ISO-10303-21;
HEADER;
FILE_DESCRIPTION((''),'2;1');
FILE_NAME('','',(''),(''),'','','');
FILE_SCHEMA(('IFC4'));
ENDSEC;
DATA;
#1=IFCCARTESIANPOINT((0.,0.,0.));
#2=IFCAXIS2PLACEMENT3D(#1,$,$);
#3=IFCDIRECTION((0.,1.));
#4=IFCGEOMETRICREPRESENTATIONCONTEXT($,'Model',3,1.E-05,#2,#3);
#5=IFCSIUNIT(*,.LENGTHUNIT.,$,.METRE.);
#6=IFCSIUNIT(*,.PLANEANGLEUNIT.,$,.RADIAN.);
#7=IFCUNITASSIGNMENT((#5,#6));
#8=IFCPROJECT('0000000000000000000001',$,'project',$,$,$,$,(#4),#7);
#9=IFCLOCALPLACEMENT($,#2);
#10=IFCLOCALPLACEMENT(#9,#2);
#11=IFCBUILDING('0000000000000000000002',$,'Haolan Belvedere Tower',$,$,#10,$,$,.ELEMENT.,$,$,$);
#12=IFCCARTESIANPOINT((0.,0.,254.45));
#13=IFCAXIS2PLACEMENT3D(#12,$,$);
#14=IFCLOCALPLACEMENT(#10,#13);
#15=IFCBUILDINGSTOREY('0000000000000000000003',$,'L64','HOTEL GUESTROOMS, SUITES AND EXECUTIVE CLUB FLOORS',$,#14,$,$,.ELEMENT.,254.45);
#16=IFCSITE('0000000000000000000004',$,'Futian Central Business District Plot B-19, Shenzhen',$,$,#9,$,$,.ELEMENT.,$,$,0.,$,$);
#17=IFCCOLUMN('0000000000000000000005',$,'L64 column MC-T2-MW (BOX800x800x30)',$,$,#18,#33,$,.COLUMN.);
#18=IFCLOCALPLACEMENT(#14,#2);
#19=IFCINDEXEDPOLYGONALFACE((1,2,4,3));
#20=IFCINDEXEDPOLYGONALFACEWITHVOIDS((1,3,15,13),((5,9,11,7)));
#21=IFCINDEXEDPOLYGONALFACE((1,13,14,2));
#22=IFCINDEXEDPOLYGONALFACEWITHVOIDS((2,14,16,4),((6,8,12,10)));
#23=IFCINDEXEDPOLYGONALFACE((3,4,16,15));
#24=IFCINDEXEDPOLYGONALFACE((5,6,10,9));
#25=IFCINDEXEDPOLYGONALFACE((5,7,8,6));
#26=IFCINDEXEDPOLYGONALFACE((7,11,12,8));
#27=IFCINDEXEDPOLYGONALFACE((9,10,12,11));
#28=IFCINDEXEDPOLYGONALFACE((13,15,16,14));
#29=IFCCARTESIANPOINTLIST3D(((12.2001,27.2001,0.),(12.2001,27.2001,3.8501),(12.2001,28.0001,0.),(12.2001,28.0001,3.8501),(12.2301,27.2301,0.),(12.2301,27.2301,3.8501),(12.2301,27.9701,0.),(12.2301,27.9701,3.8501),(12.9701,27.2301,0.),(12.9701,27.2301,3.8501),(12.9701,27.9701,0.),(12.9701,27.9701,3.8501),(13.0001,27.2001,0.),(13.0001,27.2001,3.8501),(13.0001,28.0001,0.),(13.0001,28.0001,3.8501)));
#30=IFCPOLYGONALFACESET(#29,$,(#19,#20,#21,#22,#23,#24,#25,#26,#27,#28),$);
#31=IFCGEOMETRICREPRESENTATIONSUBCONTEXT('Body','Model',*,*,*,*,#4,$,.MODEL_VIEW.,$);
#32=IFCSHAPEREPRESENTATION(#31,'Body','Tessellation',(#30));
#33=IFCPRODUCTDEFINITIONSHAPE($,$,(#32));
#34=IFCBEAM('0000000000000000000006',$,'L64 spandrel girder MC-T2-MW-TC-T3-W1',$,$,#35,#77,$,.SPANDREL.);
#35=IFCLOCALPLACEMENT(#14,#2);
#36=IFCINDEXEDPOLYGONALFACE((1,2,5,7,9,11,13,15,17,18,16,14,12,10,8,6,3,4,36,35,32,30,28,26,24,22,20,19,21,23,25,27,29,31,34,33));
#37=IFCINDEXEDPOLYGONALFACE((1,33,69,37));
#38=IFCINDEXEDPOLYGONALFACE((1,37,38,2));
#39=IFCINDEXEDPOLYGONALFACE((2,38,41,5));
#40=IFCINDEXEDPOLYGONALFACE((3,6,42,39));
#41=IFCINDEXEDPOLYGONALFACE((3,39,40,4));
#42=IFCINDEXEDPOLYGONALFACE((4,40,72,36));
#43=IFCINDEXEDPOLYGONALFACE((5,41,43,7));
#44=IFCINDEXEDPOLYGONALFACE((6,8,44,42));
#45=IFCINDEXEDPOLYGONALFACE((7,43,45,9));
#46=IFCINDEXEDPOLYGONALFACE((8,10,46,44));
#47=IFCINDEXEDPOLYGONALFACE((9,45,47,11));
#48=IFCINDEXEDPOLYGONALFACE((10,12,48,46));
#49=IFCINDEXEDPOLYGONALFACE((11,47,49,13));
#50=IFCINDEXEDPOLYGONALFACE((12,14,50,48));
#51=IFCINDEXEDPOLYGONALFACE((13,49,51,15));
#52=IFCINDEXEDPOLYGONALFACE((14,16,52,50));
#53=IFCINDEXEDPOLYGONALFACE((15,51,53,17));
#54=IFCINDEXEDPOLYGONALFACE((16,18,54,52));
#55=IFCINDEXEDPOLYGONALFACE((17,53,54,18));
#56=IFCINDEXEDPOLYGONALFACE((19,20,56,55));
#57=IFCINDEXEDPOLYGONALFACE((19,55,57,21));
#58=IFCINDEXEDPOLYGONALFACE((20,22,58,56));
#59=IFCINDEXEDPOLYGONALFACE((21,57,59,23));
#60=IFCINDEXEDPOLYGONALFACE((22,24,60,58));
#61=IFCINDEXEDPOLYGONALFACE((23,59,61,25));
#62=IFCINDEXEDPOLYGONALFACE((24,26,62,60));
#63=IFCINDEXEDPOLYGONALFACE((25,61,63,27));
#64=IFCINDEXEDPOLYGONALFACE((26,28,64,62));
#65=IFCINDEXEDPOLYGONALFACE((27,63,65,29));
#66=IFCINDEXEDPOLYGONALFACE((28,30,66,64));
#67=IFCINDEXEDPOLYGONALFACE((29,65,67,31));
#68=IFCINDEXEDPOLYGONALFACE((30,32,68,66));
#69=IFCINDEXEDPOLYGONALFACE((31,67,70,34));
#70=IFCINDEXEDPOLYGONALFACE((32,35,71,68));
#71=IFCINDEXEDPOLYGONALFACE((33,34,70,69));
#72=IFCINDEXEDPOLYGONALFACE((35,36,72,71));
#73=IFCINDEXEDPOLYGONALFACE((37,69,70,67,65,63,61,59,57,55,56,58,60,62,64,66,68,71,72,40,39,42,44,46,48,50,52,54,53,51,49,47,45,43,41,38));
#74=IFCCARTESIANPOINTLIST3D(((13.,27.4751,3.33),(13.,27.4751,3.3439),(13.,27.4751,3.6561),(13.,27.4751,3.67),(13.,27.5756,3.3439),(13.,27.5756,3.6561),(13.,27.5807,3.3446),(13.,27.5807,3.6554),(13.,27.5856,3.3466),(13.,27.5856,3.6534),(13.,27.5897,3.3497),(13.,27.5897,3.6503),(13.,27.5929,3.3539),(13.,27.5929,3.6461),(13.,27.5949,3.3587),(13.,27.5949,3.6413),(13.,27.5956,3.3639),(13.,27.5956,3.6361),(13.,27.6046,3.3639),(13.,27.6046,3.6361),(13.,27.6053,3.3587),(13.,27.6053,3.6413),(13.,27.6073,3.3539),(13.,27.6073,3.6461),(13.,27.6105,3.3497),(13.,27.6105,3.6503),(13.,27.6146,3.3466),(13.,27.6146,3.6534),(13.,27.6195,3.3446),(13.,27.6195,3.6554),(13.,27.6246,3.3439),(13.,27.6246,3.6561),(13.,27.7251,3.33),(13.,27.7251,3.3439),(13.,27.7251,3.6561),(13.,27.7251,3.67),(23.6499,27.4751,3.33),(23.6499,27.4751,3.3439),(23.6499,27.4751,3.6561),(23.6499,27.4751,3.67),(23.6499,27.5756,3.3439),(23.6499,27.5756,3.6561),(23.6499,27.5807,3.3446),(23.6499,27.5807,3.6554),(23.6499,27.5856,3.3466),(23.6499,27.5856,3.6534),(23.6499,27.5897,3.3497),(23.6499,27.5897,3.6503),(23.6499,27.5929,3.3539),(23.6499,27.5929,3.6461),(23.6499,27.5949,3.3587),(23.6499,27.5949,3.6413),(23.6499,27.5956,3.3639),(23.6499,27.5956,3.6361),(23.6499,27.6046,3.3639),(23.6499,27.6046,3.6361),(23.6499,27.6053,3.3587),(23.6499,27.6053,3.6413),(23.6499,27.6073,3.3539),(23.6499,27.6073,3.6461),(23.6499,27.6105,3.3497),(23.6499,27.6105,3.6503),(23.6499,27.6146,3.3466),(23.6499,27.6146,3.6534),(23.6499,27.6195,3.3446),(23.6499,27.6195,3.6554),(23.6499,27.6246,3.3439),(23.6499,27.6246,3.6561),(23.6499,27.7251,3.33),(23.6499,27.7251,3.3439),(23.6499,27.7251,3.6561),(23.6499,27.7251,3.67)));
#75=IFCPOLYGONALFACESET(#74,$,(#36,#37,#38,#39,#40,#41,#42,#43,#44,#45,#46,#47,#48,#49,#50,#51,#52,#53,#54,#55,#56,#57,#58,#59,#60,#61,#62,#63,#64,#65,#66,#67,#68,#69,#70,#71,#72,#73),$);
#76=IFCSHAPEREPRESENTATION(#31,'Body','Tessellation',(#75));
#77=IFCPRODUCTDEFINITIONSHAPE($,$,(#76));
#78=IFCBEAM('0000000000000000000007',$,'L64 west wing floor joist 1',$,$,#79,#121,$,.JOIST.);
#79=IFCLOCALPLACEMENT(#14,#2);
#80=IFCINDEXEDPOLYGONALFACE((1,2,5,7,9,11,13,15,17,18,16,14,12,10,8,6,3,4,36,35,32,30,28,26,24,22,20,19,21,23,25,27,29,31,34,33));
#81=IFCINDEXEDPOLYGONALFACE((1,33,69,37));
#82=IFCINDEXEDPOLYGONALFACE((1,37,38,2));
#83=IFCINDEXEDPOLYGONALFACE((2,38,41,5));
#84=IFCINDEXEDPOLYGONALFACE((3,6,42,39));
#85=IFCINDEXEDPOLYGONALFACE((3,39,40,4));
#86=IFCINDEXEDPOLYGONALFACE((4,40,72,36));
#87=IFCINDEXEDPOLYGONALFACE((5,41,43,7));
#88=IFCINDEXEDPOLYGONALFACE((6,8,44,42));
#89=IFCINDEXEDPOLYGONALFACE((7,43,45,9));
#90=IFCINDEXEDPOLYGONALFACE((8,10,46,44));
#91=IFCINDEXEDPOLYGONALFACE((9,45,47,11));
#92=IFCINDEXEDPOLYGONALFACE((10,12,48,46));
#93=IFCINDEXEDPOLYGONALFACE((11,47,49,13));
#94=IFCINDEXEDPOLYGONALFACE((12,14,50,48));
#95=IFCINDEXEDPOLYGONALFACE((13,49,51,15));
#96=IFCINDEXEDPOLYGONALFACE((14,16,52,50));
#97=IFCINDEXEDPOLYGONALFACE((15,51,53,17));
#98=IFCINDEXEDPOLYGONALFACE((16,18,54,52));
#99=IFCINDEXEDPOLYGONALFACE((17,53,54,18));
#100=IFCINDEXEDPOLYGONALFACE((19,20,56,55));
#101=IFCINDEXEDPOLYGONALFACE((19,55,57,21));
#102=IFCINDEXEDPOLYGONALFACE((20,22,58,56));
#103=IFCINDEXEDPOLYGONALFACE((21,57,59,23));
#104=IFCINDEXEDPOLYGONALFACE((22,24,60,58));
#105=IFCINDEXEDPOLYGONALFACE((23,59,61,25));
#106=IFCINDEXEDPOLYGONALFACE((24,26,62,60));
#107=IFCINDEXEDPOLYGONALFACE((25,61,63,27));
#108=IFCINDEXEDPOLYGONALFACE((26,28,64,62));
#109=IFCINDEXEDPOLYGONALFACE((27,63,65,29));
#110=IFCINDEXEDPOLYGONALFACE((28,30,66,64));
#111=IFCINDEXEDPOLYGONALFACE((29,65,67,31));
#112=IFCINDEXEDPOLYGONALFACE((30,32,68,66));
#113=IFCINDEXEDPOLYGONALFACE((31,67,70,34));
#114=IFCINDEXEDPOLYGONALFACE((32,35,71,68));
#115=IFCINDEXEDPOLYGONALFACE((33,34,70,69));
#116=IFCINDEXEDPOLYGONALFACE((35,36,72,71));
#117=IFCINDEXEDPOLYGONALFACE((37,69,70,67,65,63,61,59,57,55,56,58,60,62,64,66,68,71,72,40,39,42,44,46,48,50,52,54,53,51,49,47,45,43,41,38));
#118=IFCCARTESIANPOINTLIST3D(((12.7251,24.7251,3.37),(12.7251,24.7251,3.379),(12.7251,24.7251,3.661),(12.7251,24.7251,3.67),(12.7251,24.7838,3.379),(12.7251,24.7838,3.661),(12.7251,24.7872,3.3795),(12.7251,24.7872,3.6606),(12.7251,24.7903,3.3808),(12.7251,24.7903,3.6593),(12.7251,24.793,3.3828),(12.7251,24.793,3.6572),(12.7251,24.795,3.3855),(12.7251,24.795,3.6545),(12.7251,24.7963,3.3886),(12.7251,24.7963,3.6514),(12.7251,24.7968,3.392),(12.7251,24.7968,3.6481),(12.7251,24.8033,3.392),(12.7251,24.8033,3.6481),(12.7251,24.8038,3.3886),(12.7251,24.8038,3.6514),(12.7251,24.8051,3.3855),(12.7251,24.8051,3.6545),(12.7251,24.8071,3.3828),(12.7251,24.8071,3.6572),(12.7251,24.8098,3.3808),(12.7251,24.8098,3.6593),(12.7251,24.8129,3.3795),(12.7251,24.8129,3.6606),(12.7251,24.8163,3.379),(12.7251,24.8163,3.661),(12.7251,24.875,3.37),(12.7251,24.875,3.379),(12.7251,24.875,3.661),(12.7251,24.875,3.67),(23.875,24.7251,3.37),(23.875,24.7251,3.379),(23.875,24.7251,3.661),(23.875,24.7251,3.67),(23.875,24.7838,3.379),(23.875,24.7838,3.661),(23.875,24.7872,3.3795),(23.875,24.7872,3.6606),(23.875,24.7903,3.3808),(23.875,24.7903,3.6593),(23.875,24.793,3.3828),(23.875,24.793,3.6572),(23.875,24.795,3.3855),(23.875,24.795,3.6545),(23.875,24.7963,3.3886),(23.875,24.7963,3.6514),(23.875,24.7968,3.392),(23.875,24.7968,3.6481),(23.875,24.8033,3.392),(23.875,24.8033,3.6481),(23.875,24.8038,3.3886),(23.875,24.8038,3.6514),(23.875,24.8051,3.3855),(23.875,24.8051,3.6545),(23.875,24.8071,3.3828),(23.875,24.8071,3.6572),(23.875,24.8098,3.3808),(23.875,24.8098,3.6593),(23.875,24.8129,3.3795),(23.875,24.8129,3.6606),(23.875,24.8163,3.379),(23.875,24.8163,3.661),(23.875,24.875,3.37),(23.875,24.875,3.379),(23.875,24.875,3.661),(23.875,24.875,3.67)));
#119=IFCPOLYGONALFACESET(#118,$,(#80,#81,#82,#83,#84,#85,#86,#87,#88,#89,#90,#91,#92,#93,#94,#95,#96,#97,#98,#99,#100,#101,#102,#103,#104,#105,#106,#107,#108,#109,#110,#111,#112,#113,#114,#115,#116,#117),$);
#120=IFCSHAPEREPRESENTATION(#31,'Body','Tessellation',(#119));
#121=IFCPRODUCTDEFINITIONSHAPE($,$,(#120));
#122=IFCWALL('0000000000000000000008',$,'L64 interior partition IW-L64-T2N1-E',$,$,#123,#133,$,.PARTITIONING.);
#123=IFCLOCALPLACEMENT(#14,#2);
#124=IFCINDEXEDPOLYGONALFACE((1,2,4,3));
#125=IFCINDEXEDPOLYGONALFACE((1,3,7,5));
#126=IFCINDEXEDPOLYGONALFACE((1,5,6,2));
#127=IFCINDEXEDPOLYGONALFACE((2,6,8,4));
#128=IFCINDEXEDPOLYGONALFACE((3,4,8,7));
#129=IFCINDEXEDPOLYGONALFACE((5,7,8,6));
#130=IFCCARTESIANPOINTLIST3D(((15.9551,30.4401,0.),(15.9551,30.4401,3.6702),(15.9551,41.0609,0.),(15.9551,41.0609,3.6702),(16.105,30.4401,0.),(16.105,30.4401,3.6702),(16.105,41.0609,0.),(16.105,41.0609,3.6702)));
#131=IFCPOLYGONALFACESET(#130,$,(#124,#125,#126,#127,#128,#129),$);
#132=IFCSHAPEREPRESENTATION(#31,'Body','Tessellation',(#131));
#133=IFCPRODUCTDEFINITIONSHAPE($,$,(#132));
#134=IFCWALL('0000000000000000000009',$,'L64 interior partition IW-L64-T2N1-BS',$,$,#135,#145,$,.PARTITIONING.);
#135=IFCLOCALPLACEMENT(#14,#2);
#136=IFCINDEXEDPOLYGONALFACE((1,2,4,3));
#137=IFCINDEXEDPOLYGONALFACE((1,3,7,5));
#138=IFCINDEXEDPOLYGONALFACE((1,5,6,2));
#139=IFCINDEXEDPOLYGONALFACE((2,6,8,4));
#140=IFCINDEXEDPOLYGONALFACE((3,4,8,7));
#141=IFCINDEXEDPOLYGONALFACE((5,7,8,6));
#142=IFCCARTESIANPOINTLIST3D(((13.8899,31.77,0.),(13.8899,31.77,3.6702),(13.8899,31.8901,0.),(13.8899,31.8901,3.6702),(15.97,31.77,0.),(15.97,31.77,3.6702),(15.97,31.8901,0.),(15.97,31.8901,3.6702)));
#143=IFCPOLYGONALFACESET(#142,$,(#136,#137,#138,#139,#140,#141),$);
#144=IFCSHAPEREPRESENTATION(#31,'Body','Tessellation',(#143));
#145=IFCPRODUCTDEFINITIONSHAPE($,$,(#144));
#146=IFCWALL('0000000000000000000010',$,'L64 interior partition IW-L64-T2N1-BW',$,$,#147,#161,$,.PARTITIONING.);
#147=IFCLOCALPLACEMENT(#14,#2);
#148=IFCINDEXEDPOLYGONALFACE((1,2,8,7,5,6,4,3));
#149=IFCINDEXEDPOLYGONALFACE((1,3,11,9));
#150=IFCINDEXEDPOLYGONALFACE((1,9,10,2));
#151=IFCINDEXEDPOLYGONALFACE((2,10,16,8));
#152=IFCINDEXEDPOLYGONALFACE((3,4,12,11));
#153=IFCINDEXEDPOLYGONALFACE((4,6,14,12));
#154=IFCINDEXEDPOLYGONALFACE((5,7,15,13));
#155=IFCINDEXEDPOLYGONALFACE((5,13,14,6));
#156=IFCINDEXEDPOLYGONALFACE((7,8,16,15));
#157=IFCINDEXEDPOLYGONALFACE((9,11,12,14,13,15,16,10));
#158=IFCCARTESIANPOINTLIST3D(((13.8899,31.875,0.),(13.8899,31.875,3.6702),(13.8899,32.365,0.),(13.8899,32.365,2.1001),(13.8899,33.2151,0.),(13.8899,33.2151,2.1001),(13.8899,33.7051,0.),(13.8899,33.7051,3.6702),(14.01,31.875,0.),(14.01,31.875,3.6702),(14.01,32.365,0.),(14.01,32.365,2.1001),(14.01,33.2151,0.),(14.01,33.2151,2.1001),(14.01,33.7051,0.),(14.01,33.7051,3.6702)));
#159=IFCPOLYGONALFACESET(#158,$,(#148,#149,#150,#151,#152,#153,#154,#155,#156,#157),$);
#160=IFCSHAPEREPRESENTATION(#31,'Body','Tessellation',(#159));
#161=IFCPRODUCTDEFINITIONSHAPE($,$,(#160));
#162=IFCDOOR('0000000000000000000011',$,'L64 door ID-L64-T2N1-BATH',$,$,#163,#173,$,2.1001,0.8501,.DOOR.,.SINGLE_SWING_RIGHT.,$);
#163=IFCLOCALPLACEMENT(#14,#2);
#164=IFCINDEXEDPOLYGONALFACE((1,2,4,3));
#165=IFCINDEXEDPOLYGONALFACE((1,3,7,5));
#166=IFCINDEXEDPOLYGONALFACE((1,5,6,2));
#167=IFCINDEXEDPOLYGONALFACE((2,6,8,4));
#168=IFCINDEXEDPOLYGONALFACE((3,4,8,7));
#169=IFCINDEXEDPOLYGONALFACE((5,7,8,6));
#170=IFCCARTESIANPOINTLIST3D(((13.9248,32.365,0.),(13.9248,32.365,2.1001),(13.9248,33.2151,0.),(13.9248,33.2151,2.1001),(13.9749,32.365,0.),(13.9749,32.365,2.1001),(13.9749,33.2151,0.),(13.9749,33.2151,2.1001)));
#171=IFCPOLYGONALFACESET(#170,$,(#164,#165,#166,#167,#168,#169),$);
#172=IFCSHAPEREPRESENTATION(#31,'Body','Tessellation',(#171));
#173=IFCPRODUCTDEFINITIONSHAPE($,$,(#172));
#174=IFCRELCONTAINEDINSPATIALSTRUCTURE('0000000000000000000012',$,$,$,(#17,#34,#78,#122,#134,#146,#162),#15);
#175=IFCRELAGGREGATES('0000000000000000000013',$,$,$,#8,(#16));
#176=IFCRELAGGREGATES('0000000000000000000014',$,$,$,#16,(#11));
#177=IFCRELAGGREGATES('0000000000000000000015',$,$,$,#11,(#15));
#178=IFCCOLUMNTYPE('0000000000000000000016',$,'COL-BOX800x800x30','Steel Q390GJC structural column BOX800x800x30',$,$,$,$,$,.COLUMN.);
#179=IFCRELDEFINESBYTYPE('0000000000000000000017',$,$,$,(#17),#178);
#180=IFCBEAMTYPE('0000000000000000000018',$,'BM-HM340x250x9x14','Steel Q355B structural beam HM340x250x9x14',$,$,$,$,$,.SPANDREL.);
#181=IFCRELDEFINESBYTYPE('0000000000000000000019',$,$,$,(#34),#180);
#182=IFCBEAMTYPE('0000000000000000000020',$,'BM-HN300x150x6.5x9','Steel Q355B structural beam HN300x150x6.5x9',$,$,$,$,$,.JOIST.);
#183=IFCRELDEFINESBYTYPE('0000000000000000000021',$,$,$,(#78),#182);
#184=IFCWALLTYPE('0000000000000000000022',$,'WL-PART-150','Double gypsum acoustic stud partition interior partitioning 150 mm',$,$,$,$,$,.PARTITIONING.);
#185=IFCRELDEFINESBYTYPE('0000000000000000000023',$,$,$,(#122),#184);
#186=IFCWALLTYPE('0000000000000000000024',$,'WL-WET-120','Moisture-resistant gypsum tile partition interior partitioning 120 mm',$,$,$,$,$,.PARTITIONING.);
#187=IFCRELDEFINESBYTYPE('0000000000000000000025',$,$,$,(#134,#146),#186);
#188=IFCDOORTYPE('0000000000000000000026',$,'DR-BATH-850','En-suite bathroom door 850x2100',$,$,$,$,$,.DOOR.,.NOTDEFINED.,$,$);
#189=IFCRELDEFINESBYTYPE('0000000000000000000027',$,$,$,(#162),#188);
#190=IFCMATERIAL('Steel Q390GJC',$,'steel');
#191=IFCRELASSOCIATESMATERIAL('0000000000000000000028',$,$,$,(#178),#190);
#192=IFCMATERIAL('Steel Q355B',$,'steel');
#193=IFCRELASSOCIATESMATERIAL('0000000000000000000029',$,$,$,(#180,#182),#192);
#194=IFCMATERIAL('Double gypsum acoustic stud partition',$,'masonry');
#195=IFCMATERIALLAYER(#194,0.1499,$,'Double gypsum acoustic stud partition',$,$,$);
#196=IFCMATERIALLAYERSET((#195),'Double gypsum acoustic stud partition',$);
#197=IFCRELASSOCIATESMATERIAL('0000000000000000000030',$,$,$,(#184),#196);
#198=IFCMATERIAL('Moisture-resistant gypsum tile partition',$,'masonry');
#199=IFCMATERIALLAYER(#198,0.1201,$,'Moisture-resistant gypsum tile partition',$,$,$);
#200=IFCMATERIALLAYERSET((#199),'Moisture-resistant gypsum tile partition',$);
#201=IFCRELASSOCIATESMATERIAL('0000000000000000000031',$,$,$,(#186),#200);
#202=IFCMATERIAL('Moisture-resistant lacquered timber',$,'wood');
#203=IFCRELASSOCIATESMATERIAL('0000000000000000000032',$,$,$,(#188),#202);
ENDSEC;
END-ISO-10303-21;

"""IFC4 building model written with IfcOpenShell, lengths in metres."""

from ifc_helpers import new_model, si_unit, direction, frame, frame_2d, origin, origin_2d, place, context, subcontext, project, spatial, rectangle, hollow_rectangle, i_section, extrude, material, layer, layer_set, material_profile, profile_set, type_object, element, fill, save


model = new_model("IFC4")

# Units and contexts
model_context = context("Model", 3, precision=1e-05, world=origin(), true_north=direction((0.0, 1.0)))
body_context = subcontext(model_context, "Body", "Model", "MODEL_VIEW")
ifc_project = project(units=[si_unit("LENGTHUNIT", "METRE"), si_unit("PLANEANGLEUNIT", "RADIAN")], contexts=[model_context])

# Site, building, storey
site_placement = place(None, origin())
site = spatial("IfcSite", under=ifc_project, at=site_placement, Name="Futian Central Business District Plot B-19, Shenzhen", CompositionType="ELEMENT", RefElevation=0.0)
building_placement = place(site_placement, origin())
building = spatial("IfcBuilding", under=site, at=building_placement, Name="Haolan Belvedere Tower", CompositionType="ELEMENT")
storey_placement = place(building_placement, frame((0.0, 0.0, 254.45)))
storey = spatial("IfcBuildingStorey", under=building, at=storey_placement, Name="L64", Description="HOTEL GUESTROOMS, SUITES AND EXECUTIVE CLUB FLOORS", CompositionType="ELEMENT", Elevation=254.45)

# Column
ifc_material_1 = material(Name="Steel Q390GJC", Category="steel")
ifc_material_profile_1 = material_profile(ifc_material_1, hollow_rectangle(XDim=0.8, YDim=0.8, WallThickness=0.03, at=origin_2d()), Name="Steel Q390GJC")
ifc_profile_set_1 = profile_set([ifc_material_profile_1], Name="Steel Q390GJC")
column_type = type_object("IfcColumnType", Name="COL-BOX800x800x30", Description="Steel Q390GJC structural column BOX800x800x30", PredefinedType="COLUMN", material=ifc_profile_set_1)
column_placement = place(storey_placement, frame((12.6001, 27.6001, 0.0), z_axis=(0.0, 0.0, 1.0), x_axis=(1.0, 0.0, 0.0)))
element("IfcColumn", 1, at=column_placement, inside=storey, type_object=column_type, Name="L64 column MC-T2-MW (BOX800x800x30)", PredefinedType="COLUMN", context=body_context, shape_type="SweptSolid", body=[
    extrude(hollow_rectangle(XDim=0.8, YDim=0.8, WallThickness=0.03, at=origin_2d()), origin(), (0.0, 0.0, 1.0), 3.8501),
])

# Beams
ifc_material_2 = material(Name="Steel Q355B", Category="steel")
ifc_material_profile_2 = material_profile(ifc_material_2, i_section(OverallWidth=0.25, OverallDepth=0.3401, WebThickness=0.009, FlangeThickness=0.0139, FilletRadius=0.02, at=origin_2d()), Name="Steel Q355B")
ifc_profile_set_2 = profile_set([ifc_material_profile_2], Name="Steel Q355B")
beam_type_1 = type_object("IfcBeamType", Name="BM-HM340x250x9x14", Description="Steel Q355B structural beam HM340x250x9x14", PredefinedType="SPANDREL", material=ifc_profile_set_2)
beam_1_placement = place(storey_placement, frame((13.0, 27.6001, 3.5), z_axis=(1.0, 0.0, 0.0), x_axis=(0.0, 1.0, 0.0)))
element("IfcBeam", 2, at=beam_1_placement, inside=storey, type_object=beam_type_1, Name="L64 spandrel girder MC-T2-MW-TC-T3-W1", PredefinedType="SPANDREL", context=body_context, shape_type="SweptSolid", body=[
    extrude(i_section(OverallWidth=0.25, OverallDepth=0.3401, WebThickness=0.009, FlangeThickness=0.0139, FilletRadius=0.02, at=origin_2d()), origin(), (0.0, 0.0, 1.0), 10.6499),
])
ifc_material_profile_3 = material_profile(ifc_material_2, i_section(OverallWidth=0.1499, OverallDepth=0.3, WebThickness=0.0066, FlangeThickness=0.009, FilletRadius=0.0129, at=origin_2d()), Name="Steel Q355B")
ifc_profile_set_3 = profile_set([ifc_material_profile_3], Name="Steel Q355B")
beam_type_2 = type_object("IfcBeamType", Name="BM-HN300x150x6.5x9", Description="Steel Q355B structural beam HN300x150x6.5x9", PredefinedType="JOIST", material=ifc_profile_set_3)
beam_2_placement = place(storey_placement, frame((12.7251, 24.8, 3.52), z_axis=(1.0, 0.0, 0.0), x_axis=(0.0, 1.0, 0.0)))
element("IfcBeam", 3, at=beam_2_placement, inside=storey, type_object=beam_type_2, Name="L64 west wing floor joist 1", PredefinedType="JOIST", context=body_context, shape_type="SweptSolid", body=[
    extrude(i_section(OverallWidth=0.1499, OverallDepth=0.3, WebThickness=0.0066, FlangeThickness=0.009, FilletRadius=0.0129, at=origin_2d()), origin(), (0.0, 0.0, 1.0), 11.1499),
])

# Shared definitions
ifc_material_3 = material(Name="Double gypsum acoustic stud partition", Category="masonry")
ifc_layer_1 = layer(ifc_material_3, 0.1499, Name="Double gypsum acoustic stud partition")
ifc_layer_set_1 = layer_set([ifc_layer_1], Name="Double gypsum acoustic stud partition")
wall_type_1 = type_object("IfcWallType", Name="WL-PART-150", Description="Double gypsum acoustic stud partition interior partitioning 150 mm", PredefinedType="PARTITIONING", material=ifc_layer_set_1)

# Wall
wall_1_placement = place(storey_placement, frame((16.03, 30.4399, 0.0), z_axis=(0.0, 0.0, 1.0), x_axis=(0.0, 1.0, 0.0)))
element("IfcWall", 4, at=wall_1_placement, inside=storey, type_object=wall_type_1, Name="L64 interior partition IW-L64-T2N1-E", PredefinedType="PARTITIONING", context=body_context, shape_type="SweptSolid", body=[
    extrude(rectangle(XDim=10.6208, YDim=0.1499, at=frame_2d((5.3105, 0.0))), origin(), (0.0, 0.0, 1.0), 3.6702),
])

# Wall
ifc_material_4 = material(Name="Moisture-resistant gypsum tile partition", Category="masonry")
ifc_layer_2 = layer(ifc_material_4, 0.1201, Name="Moisture-resistant gypsum tile partition")
ifc_layer_set_2 = layer_set([ifc_layer_2], Name="Moisture-resistant gypsum tile partition")
wall_type_2 = type_object("IfcWallType", Name="WL-WET-120", Description="Moisture-resistant gypsum tile partition interior partitioning 120 mm", PredefinedType="PARTITIONING", material=ifc_layer_set_2)
wall_2_placement = place(storey_placement, frame((13.8899, 31.8301, 0.0), z_axis=(0.0, 0.0, 1.0), x_axis=(1.0, 0.0, 0.0)))
element("IfcWall", 5, at=wall_2_placement, inside=storey, type_object=wall_type_2, Name="L64 interior partition IW-L64-T2N1-BS", PredefinedType="PARTITIONING", context=body_context, shape_type="SweptSolid", body=[
    extrude(rectangle(XDim=2.0801, YDim=0.1201, at=frame_2d((1.04, 0.0))), origin(), (0.0, 0.0, 1.0), 3.6702),
])

# Wall, opening, door
wall_3_placement = place(storey_placement, frame((13.95, 31.875, 0.0), z_axis=(0.0, 0.0, 1.0), x_axis=(0.0, 1.0, 0.0)))
wall_3 = element("IfcWall", 6, at=wall_3_placement, inside=storey, type_object=wall_type_2, Name="L64 interior partition IW-L64-T2N1-BW", PredefinedType="PARTITIONING", context=body_context, shape_type="SweptSolid", body=[
    extrude(rectangle(XDim=1.8301, YDim=0.1201, at=frame_2d((0.915, 0.0))), origin(), (0.0, 0.0, 1.0), 3.6702),
])
opening_1_placement = place(wall_3_placement, frame((1.3401, 0.0, 0.0), z_axis=(0.0, 0.0, 1.0), x_axis=(-1.0, 0.0, 0.0)))
opening_1 = element("IfcOpeningElement", 7, at=opening_1_placement, cuts=wall_3, PredefinedType="OPENING", context=body_context, shape_type="SweptSolid", body=[
    extrude(rectangle(XDim=0.8501, YDim=2.1001, at=frame_2d((0.425, 1.05))), frame((0.0, 0.0701, 0.0), z_axis=(0.0, -1.0, 0.0), x_axis=(1.0, 0.0, 0.0)), (0.0, 0.0, 1.0), 0.1401),
])
ifc_material_5 = material(Name="Moisture-resistant lacquered timber", Category="wood")
door_type_1 = type_object("IfcDoorType", Name="DR-BATH-850", Description="En-suite bathroom door 850x2100", OperationType="NOTDEFINED", PredefinedType="DOOR", material=ifc_material_5)
door_1_placement = place(opening_1_placement, origin())
door_1 = element("IfcDoor", 8, at=door_1_placement, inside=storey, type_object=door_type_1, Name="L64 door ID-L64-T2N1-BATH", OperationType="SINGLE_SWING_RIGHT", OverallHeight=2.1001, OverallWidth=0.8501, PredefinedType="DOOR", context=body_context, shape_type="SweptSolid", body=[
    extrude(rectangle(XDim=0.8501, YDim=2.1001, at=frame_2d((0.425, 1.05))), frame((0.0, 0.0249, 0.0), z_axis=(0.0, -1.0, 0.0), x_axis=(1.0, 0.0, 0.0)), (0.0, 0.0, 1.0), 0.05),
])
fill(opening_1, door_1)

save(model, "model.ifc")
